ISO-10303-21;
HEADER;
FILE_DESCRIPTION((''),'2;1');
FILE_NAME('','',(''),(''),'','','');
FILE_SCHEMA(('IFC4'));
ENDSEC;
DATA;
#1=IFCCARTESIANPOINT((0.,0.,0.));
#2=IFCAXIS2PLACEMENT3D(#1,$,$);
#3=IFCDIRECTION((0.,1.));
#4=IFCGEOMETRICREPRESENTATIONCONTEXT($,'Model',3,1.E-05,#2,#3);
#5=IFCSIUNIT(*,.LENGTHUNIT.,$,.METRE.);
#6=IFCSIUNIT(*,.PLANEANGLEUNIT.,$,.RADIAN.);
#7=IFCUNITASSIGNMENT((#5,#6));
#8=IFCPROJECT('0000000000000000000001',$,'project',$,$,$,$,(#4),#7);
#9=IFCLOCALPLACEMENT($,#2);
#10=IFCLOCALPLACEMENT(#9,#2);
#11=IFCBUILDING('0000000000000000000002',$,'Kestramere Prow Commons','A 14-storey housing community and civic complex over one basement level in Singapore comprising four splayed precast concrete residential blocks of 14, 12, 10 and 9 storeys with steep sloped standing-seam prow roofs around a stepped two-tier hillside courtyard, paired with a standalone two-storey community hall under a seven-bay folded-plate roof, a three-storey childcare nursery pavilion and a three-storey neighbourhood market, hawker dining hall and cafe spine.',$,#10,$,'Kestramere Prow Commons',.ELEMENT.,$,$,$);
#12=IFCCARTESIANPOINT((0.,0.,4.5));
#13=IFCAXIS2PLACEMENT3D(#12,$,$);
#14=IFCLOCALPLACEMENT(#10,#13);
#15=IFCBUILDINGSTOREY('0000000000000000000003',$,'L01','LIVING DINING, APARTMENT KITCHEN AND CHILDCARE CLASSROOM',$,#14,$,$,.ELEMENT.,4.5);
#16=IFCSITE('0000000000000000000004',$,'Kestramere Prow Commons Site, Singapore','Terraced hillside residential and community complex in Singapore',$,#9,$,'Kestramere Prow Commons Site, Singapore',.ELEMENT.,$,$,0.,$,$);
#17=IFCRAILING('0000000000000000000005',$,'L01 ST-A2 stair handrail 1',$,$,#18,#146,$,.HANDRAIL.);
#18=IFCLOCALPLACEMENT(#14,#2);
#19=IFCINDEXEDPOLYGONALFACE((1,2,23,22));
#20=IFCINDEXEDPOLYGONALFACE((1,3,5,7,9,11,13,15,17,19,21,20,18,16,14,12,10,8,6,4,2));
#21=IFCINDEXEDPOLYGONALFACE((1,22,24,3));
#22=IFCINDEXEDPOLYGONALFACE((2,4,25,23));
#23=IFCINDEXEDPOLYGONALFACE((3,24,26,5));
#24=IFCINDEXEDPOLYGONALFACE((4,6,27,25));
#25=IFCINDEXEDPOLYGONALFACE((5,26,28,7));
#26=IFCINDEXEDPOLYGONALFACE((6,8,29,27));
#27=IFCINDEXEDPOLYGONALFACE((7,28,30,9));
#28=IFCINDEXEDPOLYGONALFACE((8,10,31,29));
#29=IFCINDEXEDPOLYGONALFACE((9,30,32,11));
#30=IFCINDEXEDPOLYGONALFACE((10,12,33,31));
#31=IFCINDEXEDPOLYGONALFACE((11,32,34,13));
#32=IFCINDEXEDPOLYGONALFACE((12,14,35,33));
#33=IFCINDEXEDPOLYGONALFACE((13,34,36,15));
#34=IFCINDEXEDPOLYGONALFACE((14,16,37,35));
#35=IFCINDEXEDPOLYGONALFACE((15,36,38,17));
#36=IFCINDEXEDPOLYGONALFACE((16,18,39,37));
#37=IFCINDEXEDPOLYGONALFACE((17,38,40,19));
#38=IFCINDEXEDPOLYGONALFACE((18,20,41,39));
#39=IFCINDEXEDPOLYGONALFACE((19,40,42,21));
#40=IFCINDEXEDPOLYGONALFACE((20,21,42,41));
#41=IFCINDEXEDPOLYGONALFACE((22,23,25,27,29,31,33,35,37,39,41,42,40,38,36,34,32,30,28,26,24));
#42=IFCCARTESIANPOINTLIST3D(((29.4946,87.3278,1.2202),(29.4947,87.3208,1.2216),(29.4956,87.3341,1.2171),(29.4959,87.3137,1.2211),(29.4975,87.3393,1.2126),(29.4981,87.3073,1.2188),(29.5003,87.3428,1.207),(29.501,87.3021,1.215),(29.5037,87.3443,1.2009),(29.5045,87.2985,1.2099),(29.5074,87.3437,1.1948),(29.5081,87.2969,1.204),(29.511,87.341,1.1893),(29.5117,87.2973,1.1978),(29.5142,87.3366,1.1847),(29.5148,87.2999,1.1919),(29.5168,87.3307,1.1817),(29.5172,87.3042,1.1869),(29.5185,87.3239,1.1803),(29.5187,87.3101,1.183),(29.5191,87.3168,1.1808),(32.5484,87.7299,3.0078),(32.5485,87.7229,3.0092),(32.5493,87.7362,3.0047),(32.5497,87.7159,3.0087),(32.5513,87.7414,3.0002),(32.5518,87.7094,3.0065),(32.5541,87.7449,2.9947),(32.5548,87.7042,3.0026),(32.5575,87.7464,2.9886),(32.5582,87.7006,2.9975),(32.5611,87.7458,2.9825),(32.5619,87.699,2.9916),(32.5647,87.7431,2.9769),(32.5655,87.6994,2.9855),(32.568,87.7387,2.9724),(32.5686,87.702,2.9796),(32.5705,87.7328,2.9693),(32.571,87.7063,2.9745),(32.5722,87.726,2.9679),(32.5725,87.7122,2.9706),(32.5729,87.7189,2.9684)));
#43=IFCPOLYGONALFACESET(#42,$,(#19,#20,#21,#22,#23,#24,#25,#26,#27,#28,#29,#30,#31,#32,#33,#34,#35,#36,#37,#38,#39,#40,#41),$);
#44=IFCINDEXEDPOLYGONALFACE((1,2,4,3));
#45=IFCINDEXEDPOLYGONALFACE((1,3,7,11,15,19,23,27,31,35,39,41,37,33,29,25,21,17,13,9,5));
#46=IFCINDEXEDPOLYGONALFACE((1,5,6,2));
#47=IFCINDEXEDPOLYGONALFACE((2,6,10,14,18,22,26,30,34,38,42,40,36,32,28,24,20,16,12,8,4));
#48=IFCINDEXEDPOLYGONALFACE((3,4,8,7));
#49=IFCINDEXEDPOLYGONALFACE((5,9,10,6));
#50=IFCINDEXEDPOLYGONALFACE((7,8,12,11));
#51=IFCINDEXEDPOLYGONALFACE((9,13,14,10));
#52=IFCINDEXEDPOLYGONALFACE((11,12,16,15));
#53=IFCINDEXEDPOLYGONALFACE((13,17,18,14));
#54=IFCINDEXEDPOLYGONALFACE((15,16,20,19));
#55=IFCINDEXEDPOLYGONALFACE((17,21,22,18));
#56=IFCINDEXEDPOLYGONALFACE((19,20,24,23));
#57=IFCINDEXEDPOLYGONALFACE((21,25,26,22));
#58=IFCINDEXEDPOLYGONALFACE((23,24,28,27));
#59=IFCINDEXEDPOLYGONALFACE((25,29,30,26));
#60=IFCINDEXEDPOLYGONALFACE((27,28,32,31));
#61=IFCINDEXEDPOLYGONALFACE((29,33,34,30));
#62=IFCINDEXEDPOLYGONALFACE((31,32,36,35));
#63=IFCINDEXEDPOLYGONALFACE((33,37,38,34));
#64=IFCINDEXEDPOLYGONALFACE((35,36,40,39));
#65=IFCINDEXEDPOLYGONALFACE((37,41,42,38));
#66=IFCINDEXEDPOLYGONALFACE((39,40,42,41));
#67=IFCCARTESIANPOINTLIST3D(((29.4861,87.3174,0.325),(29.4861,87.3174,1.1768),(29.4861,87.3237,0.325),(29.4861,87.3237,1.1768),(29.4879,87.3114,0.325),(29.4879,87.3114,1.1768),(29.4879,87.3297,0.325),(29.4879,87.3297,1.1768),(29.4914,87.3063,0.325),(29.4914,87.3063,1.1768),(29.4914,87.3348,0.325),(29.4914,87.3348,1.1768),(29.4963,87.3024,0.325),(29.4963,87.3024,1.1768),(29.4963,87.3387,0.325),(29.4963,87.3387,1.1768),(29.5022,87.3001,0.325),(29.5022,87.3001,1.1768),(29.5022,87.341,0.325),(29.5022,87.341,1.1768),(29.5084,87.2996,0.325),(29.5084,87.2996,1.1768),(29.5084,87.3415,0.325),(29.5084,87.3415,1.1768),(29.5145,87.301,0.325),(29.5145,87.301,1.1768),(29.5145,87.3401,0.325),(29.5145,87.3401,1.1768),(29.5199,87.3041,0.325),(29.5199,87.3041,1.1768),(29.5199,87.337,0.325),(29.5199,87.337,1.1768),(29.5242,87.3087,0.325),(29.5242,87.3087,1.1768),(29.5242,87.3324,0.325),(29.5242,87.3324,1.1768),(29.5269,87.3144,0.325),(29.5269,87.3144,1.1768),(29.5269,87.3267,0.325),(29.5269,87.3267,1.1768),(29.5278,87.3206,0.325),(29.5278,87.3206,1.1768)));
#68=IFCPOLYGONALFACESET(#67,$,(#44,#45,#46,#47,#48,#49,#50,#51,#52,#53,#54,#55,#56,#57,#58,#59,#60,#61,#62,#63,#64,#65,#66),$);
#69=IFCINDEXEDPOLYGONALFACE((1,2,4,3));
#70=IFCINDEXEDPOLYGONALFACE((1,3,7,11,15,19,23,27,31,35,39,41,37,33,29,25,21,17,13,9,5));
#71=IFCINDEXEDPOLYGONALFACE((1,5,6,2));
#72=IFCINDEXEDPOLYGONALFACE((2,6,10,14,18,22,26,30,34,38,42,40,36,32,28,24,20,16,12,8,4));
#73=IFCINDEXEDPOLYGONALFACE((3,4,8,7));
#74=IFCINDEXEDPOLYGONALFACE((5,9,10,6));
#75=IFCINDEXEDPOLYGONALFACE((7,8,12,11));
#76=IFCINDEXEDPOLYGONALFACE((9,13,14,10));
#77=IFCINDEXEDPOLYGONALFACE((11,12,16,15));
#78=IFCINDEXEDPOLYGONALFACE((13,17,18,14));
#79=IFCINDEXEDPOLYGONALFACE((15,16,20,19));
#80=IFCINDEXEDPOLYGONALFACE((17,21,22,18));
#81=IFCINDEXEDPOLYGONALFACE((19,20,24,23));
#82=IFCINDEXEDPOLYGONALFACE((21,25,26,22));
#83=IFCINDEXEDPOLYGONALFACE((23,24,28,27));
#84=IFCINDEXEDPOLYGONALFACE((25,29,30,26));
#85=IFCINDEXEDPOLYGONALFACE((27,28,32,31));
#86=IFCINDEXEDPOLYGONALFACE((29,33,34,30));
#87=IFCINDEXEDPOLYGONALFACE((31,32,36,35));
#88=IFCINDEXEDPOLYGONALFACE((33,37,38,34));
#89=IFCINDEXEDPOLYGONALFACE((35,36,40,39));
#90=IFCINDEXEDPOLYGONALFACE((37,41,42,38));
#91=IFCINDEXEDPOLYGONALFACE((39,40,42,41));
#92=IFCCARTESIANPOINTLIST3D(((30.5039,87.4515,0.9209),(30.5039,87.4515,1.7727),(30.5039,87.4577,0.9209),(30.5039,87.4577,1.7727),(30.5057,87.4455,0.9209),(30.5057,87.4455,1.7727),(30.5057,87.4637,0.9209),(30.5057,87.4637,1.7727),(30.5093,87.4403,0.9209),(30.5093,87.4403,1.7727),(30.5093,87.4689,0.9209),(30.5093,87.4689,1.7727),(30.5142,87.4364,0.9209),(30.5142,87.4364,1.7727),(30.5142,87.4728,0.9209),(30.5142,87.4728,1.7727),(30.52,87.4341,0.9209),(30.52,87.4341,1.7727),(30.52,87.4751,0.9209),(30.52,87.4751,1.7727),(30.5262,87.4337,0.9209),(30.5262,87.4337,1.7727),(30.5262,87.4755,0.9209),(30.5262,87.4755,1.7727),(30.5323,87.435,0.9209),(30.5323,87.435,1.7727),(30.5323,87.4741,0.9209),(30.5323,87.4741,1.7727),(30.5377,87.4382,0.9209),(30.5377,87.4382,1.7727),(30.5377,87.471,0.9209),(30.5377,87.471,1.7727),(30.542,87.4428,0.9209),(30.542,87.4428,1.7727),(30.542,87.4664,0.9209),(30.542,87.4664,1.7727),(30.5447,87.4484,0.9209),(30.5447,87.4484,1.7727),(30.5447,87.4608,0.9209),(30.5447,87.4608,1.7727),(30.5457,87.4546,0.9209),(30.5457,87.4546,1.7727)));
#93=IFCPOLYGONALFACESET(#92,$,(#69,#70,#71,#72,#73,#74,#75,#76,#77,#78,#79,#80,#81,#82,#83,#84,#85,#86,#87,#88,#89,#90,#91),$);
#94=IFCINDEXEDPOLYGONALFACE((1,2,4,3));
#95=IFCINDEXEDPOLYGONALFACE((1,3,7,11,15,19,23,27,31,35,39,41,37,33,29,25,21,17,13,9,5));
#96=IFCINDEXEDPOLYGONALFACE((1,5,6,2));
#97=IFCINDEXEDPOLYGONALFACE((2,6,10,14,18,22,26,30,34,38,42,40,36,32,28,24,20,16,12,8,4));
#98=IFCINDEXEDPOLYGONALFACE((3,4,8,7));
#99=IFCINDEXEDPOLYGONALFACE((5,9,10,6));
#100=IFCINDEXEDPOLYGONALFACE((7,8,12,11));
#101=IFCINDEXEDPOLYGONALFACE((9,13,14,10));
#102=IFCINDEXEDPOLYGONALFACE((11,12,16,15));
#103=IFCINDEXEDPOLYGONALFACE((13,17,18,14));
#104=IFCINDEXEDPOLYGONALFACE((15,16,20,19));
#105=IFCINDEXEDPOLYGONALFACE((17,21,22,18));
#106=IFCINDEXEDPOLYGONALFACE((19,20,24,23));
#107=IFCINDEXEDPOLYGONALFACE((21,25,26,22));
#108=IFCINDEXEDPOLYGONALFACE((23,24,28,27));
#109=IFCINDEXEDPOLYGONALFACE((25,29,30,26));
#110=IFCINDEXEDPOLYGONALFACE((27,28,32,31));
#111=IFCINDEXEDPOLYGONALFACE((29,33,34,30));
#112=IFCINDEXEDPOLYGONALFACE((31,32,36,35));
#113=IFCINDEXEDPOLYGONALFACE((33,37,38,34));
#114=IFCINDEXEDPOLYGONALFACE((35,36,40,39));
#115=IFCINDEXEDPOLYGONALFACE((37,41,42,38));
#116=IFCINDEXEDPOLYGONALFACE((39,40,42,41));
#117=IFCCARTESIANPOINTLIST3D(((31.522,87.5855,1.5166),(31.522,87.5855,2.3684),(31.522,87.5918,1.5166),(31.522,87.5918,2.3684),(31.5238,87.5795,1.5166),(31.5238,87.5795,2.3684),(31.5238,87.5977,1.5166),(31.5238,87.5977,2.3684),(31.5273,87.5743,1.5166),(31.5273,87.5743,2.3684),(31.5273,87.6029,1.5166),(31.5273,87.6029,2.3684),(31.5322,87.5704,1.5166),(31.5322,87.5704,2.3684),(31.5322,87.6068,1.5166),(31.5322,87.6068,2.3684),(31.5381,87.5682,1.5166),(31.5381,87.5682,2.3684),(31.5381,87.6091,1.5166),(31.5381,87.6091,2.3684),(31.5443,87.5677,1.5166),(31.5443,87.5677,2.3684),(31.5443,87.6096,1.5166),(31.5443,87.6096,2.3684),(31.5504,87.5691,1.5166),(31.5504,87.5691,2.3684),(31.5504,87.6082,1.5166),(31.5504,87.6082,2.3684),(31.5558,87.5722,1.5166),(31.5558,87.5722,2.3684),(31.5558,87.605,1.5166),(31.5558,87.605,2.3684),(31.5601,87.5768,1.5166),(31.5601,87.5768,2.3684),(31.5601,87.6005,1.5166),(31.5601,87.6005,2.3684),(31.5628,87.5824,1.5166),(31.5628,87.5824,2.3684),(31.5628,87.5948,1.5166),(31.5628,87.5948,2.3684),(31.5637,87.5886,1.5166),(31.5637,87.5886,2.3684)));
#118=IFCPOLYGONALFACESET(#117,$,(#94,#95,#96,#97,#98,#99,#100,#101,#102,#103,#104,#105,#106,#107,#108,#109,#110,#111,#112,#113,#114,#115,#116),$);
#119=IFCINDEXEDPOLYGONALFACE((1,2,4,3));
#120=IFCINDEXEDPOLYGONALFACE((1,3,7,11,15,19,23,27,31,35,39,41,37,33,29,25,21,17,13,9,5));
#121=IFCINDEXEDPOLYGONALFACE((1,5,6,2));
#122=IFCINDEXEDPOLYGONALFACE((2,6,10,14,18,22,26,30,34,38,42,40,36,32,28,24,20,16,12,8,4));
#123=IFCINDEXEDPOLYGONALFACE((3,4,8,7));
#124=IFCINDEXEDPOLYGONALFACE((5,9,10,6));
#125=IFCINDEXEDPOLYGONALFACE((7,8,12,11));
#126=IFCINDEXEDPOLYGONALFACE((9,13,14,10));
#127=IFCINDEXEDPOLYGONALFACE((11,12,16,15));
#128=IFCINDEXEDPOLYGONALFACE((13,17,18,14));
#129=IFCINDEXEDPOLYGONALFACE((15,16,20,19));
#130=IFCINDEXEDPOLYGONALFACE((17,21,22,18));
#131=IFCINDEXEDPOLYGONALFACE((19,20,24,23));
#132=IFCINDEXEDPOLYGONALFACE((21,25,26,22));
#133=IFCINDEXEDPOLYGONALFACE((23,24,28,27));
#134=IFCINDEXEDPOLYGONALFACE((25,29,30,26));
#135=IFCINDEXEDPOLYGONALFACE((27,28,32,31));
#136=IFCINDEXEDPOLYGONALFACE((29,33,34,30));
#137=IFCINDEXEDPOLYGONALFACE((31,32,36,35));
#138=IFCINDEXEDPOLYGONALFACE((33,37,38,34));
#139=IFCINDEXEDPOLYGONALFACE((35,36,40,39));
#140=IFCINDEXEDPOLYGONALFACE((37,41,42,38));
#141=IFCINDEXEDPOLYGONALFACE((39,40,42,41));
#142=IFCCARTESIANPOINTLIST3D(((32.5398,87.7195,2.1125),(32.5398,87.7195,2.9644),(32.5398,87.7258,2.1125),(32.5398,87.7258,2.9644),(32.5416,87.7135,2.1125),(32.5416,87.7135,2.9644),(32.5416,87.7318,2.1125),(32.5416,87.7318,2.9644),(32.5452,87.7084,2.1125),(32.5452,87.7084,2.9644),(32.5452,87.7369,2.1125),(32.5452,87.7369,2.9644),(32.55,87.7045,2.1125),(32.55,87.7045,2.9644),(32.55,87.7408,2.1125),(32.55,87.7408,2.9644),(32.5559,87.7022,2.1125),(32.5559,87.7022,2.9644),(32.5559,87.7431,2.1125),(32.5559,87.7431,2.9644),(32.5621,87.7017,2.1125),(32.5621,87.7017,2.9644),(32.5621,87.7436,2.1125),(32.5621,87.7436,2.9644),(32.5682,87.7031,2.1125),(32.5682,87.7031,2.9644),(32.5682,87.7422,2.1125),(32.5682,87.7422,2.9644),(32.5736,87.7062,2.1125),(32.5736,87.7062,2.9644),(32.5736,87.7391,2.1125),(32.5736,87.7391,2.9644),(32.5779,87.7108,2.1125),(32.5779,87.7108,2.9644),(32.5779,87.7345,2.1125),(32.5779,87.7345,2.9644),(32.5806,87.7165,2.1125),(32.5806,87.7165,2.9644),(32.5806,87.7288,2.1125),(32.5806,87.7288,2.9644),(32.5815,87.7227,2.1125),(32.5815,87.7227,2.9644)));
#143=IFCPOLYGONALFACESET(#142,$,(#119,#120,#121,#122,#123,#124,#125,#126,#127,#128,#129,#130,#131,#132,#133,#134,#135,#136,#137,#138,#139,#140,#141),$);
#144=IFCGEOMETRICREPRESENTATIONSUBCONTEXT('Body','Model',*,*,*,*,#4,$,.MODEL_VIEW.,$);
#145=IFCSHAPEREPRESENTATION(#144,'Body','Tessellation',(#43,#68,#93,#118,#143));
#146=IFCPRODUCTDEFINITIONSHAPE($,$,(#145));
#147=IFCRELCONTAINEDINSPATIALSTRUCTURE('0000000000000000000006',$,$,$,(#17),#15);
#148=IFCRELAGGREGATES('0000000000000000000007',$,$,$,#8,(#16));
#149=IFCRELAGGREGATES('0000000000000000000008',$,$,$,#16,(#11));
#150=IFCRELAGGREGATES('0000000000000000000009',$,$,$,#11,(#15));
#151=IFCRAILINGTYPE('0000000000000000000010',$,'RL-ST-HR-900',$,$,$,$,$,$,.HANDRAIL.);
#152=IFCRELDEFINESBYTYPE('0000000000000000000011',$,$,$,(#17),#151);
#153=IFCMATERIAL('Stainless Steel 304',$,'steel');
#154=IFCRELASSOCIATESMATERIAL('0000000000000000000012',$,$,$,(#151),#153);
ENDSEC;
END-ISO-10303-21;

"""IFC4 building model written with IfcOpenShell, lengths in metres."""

from ifc_helpers import new_model, si_unit, direction, frame, origin, origin_2d, place, context, subcontext, project, spatial, circle, extrude, material, type_object, element, save


model = new_model("IFC4")

# Units and contexts
model_context = context("Model", 3, precision=1e-05, world=origin(), true_north=direction((0.0, 1.0)))
body_context = subcontext(model_context, "Body", "Model", "MODEL_VIEW")
ifc_project = project(units=[si_unit("LENGTHUNIT", "METRE"), si_unit("PLANEANGLEUNIT", "RADIAN")], contexts=[model_context])

# Site, building, storey
site_placement = place(None, origin())
site = spatial("IfcSite", under=ifc_project, at=site_placement, Name="Kestramere Prow Commons Site, Singapore", Description="Terraced hillside residential and community complex in Singapore", LongName="Kestramere Prow Commons Site, Singapore", CompositionType="ELEMENT", RefElevation=0.0)
building_placement = place(site_placement, origin())
building = spatial("IfcBuilding", under=site, at=building_placement, Name="Kestramere Prow Commons", Description="A 14-storey housing community and civic complex over one basement level in Singapore comprising four splayed precast concrete residential blocks of 14, 12, 10 and 9 storeys with steep sloped standing-seam prow roofs around a stepped two-tier hillside courtyard, paired with a standalone two-storey community hall under a seven-bay folded-plate roof, a three-storey childcare nursery pavilion and a three-storey neighbourhood market, hawker dining hall and cafe spine.", LongName="Kestramere Prow Commons", CompositionType="ELEMENT")
storey_placement = place(building_placement, frame((0.0, 0.0, 4.5)))
storey = spatial("IfcBuildingStorey", under=building, at=storey_placement, Name="L01", Description="LIVING DINING, APARTMENT KITCHEN AND CHILDCARE CLASSROOM", CompositionType="ELEMENT", Elevation=4.5)

# Railing
ifc_material_1 = material(Name="Stainless Steel 304", Category="steel")
railing_type_1 = type_object("IfcRailingType", Name="RL-ST-HR-900", PredefinedType="HANDRAIL", material=ifc_material_1)
railing_1_placement = place(storey_placement, frame((29.5068, 87.3206, 0.325)))
element("IfcRailing", 1, at=railing_1_placement, inside=storey, type_object=railing_type_1, Name="L01 ST-A2 stair handrail 1", PredefinedType="HANDRAIL", context=body_context, shape_type="SweptSolid", body=[
    extrude(circle(Radius=0.0239, at=origin_2d()), frame((0.0, 0.0, 0.876), z_axis=(0.857488, 0.11291, 0.501961), x_axis=(-0.130549, 0.991442, 0.0)), (0.0, 0.0, 1.0), 3.5613),
    extrude(circle(Radius=0.021, at=origin_2d()), origin(), (0.0, 0.0, 1.0), 0.8518),
    extrude(circle(Radius=0.021, at=origin_2d()), frame((1.0178, 0.134, 0.5959)), (0.0, 0.0, 1.0), 0.8518),
    extrude(circle(Radius=0.021, at=origin_2d()), frame((2.0359, 0.2681, 1.1917)), (0.0, 0.0, 1.0), 0.8518),
    extrude(circle(Radius=0.021, at=origin_2d()), frame((3.0537, 0.4021, 1.7876)), (0.0, 0.0, 1.0), 0.8518),
])

save(model, "model.ifc")
